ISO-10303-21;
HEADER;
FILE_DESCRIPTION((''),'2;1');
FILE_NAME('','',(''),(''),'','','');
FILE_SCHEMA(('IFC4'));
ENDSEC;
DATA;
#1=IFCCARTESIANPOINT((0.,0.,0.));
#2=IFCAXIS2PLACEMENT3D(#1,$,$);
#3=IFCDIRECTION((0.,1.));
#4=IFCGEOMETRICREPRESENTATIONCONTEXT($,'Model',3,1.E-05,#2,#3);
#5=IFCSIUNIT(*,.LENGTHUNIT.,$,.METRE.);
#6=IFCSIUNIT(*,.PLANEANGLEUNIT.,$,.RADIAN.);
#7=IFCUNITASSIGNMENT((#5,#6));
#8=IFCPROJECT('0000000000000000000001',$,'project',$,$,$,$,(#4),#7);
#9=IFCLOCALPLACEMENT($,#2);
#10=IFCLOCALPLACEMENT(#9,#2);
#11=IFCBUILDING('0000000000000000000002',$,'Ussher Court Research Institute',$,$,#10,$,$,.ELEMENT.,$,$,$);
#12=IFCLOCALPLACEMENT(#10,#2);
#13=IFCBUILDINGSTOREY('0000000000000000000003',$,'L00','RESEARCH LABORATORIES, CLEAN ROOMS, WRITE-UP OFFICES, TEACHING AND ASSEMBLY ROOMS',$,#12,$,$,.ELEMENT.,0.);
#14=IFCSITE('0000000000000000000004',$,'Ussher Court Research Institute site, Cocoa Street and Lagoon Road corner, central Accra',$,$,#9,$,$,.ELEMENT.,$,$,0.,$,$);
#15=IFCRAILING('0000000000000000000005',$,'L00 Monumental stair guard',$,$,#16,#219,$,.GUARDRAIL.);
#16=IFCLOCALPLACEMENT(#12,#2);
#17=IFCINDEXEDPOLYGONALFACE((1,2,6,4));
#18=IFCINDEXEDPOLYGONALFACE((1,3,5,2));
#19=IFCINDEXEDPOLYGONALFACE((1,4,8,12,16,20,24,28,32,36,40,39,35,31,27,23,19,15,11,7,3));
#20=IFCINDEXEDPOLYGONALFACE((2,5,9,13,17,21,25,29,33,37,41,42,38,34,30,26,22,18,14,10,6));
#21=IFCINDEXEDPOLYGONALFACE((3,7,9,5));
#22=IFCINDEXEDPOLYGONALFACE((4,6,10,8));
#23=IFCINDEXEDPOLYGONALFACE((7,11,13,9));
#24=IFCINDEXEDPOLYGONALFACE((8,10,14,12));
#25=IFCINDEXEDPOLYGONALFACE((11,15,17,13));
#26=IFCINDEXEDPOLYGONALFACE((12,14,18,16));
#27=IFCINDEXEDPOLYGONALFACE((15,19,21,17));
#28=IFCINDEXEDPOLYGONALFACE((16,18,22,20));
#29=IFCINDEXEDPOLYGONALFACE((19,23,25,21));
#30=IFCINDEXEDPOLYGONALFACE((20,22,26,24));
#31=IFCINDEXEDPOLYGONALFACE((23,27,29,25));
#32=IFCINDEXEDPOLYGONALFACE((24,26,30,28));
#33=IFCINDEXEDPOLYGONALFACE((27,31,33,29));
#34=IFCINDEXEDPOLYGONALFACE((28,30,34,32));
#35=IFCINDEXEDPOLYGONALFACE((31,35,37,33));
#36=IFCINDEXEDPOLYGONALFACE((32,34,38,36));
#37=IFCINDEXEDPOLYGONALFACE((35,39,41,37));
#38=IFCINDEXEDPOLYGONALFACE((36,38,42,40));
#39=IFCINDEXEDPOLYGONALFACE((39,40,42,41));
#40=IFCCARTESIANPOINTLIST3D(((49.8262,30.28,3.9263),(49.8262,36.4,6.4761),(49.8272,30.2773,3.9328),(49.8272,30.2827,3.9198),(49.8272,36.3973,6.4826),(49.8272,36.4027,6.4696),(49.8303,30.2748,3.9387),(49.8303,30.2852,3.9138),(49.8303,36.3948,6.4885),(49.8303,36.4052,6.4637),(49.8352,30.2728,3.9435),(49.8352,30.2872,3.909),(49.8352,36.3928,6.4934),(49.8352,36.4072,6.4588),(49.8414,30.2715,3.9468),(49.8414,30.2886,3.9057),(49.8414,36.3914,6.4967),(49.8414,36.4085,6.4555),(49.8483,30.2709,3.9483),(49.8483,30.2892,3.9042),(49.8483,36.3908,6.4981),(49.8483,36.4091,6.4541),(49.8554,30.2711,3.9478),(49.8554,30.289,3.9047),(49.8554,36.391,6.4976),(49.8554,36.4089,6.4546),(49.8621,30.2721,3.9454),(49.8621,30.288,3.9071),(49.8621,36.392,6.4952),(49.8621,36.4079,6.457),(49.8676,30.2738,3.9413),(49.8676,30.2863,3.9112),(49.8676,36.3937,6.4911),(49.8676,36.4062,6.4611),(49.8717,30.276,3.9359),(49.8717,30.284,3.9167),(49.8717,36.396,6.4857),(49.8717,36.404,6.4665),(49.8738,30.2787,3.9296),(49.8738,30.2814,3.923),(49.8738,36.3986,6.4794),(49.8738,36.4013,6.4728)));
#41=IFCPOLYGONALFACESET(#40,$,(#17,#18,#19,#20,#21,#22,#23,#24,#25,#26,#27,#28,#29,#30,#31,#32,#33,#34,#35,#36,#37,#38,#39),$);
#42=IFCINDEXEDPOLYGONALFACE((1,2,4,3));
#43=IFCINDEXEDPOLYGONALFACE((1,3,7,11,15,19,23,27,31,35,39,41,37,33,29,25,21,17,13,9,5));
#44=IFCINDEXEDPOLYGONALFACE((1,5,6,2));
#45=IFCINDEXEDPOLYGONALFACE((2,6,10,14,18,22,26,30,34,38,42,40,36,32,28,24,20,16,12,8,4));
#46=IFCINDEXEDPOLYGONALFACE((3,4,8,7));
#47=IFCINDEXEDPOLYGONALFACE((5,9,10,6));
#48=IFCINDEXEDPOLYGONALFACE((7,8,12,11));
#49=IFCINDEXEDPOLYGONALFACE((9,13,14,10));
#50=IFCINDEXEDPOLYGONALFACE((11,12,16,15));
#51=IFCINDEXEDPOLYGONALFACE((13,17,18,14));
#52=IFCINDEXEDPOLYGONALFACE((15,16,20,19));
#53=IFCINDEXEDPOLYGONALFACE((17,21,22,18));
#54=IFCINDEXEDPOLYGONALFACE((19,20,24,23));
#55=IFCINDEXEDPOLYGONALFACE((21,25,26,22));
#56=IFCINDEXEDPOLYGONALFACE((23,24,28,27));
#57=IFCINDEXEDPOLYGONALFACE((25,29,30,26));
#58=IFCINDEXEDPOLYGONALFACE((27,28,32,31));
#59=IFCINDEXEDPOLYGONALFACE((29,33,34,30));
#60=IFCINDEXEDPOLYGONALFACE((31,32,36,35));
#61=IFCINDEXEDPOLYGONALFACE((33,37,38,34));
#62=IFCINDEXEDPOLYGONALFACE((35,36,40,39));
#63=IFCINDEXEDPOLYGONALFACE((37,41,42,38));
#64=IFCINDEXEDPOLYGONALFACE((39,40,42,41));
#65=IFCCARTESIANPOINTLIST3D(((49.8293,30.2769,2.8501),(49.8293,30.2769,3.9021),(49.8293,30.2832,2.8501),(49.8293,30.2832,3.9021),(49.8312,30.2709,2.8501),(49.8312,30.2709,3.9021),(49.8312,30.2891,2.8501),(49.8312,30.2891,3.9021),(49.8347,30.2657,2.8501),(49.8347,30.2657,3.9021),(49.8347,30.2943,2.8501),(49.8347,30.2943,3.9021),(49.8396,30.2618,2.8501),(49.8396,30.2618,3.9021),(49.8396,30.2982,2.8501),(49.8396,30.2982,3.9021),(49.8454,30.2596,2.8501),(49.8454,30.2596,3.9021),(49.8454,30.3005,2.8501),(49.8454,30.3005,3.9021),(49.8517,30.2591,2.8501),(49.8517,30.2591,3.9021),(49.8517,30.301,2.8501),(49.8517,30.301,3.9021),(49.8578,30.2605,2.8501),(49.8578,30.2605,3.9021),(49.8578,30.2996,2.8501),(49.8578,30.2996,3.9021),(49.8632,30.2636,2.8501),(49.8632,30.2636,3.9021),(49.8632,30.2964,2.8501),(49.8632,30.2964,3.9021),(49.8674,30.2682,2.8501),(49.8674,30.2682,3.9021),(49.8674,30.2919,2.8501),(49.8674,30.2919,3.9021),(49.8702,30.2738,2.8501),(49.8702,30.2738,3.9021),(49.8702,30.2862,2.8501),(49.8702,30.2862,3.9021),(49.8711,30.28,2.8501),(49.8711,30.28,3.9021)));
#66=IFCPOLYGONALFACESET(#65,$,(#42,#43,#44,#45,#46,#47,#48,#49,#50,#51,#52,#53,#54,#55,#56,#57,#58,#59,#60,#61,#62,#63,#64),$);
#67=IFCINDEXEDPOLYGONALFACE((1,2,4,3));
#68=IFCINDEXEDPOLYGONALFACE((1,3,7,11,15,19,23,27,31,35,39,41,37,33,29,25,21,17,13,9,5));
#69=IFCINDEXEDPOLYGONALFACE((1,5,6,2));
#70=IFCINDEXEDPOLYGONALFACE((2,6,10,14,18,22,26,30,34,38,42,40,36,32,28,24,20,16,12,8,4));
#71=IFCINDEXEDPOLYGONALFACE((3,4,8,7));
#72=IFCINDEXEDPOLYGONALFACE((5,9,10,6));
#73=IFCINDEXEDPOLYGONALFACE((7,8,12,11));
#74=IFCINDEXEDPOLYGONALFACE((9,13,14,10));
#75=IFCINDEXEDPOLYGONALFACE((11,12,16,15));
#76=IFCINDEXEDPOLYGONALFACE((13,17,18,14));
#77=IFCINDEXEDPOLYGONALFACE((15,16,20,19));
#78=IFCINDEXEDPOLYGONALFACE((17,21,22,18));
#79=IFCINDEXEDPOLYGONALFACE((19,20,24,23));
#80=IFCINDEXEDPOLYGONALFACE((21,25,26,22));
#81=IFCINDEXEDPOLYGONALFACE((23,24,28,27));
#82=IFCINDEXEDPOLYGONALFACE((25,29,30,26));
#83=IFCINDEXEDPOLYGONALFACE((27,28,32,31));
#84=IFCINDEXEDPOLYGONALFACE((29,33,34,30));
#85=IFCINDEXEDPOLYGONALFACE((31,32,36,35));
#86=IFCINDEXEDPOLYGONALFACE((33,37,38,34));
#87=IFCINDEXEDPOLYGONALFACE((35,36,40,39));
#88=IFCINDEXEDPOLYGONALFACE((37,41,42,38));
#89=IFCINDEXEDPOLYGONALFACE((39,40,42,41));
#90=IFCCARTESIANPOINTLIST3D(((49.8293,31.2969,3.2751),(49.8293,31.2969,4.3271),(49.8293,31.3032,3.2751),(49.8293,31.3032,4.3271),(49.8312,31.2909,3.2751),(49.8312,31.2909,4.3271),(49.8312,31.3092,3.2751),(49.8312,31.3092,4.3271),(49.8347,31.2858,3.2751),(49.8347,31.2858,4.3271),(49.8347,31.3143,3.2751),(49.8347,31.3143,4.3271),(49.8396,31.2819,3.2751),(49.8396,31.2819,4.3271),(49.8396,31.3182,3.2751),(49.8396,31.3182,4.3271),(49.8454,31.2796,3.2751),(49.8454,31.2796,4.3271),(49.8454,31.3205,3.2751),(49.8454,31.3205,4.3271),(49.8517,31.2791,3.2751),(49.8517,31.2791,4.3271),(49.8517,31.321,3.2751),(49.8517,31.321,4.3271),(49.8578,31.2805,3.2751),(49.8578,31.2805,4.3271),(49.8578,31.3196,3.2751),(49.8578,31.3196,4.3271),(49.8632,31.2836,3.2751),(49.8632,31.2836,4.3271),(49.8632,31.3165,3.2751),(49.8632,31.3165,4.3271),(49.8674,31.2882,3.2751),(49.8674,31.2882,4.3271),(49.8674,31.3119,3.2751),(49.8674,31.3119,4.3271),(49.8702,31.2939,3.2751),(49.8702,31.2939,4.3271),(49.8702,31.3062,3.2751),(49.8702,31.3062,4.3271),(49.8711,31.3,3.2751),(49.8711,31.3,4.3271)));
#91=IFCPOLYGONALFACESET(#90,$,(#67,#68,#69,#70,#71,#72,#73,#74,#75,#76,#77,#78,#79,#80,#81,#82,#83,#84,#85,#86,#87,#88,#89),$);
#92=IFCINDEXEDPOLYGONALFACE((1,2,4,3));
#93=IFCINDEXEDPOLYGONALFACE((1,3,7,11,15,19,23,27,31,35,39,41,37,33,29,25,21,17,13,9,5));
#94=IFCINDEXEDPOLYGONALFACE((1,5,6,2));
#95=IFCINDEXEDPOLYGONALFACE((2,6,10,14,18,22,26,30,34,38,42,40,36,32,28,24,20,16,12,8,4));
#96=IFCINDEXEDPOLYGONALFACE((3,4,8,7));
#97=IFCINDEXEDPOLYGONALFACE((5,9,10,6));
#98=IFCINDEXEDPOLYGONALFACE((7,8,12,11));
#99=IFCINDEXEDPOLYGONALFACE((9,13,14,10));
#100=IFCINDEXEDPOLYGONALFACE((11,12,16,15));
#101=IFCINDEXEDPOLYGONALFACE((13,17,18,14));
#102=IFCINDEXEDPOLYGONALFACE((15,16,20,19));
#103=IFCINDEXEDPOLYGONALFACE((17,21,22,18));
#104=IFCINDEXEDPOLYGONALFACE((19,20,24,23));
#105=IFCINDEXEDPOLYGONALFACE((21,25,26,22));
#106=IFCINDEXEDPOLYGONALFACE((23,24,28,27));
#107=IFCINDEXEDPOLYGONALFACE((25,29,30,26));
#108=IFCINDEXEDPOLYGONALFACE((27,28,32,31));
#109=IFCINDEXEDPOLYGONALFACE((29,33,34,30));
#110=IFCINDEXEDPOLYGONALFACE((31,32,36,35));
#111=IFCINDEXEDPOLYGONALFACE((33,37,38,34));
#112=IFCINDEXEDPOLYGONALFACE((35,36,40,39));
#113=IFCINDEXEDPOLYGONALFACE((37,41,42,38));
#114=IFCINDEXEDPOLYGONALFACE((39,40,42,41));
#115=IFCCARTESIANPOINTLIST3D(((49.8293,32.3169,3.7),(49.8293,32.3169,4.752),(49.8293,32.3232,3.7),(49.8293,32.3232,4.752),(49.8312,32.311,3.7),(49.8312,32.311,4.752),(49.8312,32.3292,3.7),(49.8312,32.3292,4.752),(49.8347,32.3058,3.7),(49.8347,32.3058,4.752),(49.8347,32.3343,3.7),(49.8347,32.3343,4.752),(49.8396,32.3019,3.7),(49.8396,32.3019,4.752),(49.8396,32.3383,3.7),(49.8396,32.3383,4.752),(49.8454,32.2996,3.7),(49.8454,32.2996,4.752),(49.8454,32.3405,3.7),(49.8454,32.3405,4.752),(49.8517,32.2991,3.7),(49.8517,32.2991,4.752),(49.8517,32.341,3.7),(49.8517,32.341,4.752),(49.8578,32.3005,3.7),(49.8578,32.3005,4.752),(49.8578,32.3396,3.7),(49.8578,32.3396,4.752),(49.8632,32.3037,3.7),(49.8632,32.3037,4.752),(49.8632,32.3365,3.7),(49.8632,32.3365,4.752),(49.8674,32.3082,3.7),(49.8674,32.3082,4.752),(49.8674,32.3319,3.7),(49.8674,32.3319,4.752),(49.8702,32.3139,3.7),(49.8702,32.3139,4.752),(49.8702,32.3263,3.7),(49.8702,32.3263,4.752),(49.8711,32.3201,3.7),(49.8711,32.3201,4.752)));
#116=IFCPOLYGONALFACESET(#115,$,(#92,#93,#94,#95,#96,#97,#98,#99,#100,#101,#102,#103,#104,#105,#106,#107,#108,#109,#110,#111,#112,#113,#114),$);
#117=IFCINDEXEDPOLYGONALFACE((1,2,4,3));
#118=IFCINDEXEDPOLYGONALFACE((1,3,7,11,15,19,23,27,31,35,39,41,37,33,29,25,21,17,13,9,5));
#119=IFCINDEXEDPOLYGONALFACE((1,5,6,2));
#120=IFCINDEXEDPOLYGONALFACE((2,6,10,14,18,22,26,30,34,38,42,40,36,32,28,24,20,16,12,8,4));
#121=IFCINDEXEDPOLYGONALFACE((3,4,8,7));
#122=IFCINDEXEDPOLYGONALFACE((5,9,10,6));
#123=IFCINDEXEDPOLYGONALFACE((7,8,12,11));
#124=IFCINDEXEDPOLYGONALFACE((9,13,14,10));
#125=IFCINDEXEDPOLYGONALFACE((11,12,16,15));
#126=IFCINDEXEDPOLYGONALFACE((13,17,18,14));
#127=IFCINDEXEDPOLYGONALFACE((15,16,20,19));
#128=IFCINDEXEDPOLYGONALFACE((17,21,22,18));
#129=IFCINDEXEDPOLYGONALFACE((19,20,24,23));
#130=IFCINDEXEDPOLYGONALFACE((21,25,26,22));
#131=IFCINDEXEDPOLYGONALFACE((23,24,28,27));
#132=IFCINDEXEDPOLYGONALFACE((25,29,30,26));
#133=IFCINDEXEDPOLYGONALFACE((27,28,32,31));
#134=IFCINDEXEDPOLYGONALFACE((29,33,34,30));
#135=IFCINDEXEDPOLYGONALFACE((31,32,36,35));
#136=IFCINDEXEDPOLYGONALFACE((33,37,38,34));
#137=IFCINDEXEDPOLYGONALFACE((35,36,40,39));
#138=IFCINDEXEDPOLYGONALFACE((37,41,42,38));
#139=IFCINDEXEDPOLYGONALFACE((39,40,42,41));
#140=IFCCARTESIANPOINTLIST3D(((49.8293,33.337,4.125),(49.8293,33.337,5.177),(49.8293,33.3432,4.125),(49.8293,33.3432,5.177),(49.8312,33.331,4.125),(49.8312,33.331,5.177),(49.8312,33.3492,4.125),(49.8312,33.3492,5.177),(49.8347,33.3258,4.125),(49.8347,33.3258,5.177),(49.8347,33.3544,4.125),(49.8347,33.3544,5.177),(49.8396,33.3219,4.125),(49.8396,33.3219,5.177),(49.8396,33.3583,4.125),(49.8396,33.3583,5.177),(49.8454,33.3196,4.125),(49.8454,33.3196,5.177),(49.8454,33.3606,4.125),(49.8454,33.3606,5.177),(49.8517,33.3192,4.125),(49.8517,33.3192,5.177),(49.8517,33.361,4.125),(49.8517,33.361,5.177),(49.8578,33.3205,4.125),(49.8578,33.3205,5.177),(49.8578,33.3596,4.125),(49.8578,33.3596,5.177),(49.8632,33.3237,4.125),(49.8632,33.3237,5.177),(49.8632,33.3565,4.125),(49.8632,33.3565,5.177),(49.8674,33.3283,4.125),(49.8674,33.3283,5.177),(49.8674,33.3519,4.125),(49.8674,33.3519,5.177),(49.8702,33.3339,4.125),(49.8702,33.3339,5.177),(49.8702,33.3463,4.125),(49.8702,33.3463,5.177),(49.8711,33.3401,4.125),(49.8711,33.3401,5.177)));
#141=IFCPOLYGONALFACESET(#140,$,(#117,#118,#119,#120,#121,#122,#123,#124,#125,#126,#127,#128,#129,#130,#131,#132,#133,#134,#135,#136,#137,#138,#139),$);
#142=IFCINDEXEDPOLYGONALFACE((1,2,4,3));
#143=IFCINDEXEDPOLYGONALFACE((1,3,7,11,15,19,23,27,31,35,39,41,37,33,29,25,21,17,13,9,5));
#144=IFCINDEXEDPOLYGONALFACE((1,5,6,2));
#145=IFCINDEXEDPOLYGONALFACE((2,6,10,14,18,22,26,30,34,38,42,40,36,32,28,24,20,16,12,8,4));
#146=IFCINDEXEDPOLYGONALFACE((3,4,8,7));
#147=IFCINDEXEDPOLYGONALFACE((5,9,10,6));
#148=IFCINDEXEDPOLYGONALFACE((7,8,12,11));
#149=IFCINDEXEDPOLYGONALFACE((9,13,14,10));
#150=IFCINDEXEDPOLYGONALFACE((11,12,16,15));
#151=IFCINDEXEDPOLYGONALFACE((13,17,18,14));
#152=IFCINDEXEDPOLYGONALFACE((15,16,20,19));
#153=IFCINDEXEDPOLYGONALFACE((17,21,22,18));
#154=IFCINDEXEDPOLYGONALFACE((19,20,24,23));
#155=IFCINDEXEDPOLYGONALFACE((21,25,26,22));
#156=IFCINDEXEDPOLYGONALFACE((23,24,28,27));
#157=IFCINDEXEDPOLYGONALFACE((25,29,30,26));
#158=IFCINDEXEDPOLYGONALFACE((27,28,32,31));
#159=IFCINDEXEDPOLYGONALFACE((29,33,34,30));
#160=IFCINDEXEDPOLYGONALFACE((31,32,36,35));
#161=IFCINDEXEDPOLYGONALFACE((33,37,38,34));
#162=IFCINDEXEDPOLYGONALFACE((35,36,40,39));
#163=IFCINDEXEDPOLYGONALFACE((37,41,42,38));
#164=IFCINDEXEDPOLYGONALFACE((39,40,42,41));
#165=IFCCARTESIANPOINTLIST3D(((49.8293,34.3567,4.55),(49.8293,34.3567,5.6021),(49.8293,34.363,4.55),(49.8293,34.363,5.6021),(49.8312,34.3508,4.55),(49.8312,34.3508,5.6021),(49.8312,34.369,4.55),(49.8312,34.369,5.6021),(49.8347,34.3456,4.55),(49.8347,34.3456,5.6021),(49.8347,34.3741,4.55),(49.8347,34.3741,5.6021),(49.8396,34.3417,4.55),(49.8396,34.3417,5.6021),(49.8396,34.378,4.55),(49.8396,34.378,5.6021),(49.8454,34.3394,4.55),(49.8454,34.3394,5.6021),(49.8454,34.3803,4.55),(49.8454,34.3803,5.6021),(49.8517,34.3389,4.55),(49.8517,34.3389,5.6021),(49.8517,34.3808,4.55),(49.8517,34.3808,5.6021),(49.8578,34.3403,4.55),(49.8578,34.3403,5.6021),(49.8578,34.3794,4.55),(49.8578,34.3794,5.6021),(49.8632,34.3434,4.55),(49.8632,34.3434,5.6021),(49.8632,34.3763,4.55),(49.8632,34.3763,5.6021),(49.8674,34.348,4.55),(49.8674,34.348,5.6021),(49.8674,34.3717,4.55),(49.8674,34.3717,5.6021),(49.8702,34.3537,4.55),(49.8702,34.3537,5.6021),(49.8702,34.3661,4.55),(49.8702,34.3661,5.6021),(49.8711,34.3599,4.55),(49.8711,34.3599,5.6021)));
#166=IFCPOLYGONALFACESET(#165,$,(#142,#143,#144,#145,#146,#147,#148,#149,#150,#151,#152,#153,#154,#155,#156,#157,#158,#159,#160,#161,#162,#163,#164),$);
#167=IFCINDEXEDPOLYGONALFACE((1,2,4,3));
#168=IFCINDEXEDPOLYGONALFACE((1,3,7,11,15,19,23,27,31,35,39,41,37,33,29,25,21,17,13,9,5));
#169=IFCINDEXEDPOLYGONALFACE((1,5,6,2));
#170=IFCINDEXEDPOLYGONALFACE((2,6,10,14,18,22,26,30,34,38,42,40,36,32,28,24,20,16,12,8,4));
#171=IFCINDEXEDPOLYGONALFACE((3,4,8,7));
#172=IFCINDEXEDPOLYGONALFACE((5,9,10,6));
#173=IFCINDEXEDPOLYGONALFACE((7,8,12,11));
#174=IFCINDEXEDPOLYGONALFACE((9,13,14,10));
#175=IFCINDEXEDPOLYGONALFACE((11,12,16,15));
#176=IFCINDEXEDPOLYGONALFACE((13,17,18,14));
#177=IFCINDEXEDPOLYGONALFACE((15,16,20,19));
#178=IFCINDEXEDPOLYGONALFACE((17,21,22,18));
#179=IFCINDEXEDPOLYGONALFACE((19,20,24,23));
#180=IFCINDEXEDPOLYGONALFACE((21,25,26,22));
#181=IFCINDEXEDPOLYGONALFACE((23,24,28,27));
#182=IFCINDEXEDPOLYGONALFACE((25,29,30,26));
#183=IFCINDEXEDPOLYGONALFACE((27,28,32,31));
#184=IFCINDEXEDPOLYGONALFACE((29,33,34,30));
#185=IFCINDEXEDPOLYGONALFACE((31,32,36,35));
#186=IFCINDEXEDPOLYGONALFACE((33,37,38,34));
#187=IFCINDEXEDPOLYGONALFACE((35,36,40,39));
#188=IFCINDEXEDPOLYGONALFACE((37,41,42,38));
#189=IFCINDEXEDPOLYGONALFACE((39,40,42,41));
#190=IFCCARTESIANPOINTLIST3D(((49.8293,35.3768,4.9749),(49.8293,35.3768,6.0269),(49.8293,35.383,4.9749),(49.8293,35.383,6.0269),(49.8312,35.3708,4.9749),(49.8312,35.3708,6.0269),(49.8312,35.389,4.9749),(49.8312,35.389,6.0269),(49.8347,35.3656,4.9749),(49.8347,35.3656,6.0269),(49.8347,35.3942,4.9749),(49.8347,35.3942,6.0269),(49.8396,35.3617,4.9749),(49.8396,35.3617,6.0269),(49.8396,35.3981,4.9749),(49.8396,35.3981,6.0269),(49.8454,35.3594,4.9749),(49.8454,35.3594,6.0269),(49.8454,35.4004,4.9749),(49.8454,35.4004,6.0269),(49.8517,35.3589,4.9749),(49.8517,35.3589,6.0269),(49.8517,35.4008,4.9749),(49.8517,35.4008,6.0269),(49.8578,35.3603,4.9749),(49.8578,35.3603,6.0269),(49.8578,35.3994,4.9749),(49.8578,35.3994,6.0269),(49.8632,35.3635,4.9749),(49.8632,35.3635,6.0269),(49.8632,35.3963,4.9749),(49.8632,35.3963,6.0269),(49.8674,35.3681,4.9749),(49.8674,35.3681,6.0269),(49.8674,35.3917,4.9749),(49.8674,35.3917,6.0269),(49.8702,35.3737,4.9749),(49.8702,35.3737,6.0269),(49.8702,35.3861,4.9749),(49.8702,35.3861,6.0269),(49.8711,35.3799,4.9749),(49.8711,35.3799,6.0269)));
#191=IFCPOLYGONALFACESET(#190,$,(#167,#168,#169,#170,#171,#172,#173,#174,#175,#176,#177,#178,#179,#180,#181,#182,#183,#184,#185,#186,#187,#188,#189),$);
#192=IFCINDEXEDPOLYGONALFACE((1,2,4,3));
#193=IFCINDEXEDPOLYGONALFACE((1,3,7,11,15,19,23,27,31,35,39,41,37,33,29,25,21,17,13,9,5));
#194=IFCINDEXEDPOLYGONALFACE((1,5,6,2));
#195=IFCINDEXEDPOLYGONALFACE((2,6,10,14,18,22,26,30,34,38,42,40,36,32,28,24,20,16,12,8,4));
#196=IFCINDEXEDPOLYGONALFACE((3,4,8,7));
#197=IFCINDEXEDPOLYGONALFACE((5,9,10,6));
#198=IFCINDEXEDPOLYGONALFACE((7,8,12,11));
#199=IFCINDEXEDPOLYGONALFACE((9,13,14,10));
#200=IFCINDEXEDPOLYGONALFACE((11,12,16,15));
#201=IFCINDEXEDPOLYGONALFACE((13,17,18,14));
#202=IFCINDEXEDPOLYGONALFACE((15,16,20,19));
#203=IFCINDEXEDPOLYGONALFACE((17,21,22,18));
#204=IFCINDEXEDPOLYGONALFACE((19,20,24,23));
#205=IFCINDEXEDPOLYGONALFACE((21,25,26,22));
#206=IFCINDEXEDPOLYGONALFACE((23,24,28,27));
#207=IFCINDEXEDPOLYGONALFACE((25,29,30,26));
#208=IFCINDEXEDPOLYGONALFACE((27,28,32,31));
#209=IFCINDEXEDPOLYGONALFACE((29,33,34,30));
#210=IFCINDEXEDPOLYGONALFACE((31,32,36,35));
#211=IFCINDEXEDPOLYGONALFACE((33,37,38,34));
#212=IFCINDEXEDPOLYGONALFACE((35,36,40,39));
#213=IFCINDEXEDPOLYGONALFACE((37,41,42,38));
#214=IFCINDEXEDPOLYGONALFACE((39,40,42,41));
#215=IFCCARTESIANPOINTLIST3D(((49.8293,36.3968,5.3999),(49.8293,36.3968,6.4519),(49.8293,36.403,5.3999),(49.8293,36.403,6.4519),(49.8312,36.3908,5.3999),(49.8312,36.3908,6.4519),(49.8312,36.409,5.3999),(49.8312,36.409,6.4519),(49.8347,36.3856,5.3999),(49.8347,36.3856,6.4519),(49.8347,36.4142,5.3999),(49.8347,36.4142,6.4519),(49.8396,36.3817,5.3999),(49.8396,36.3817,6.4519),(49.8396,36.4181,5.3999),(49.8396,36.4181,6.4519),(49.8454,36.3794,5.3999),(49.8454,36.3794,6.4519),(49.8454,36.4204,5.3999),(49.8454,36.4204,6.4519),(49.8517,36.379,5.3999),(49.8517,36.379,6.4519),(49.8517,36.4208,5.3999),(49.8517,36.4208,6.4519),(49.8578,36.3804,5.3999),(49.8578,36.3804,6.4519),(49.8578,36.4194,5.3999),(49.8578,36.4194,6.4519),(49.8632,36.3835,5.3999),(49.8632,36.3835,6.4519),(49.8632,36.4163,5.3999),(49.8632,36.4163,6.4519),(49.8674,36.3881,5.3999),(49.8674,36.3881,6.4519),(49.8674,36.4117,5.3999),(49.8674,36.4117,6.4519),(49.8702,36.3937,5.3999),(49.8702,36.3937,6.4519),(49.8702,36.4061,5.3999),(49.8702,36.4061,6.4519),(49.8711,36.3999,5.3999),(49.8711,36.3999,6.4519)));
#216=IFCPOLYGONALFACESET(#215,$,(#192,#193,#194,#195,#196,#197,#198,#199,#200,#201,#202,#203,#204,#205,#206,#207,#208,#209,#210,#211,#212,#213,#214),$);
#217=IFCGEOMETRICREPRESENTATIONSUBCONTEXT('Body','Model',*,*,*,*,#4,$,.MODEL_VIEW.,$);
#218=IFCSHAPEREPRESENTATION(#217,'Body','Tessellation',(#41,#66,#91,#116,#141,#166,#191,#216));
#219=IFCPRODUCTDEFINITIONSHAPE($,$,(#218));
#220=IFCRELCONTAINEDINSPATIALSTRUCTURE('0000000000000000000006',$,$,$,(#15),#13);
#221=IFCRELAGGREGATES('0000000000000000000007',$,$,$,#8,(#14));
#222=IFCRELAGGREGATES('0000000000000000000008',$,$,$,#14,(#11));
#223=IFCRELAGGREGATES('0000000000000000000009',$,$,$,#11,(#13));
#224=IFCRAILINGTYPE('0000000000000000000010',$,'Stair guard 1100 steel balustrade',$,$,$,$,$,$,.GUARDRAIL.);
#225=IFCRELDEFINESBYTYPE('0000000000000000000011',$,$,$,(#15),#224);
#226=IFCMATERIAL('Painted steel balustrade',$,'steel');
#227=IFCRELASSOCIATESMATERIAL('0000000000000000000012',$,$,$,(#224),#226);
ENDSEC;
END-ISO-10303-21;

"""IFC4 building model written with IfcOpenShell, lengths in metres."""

from ifc_helpers import new_model, si_unit, direction, frame, origin, origin_2d, place, context, subcontext, project, spatial, circle, extrude, material, type_object, element, save


model = new_model("IFC4")

# Units and contexts
model_context = context("Model", 3, precision=1e-05, world=origin(), true_north=direction((0.0, 1.0)))
body_context = subcontext(model_context, "Body", "Model", "MODEL_VIEW")
ifc_project = project(units=[si_unit("LENGTHUNIT", "METRE"), si_unit("PLANEANGLEUNIT", "RADIAN")], contexts=[model_context])

# Site, building, storey
site_placement = place(None, origin())
site = spatial("IfcSite", under=ifc_project, at=site_placement, Name="Ussher Court Research Institute site, Cocoa Street and Lagoon Road corner, central Accra", CompositionType="ELEMENT", RefElevation=0.0)
building_placement = place(site_placement, origin())
building = spatial("IfcBuilding", under=site, at=building_placement, Name="Ussher Court Research Institute", CompositionType="ELEMENT")
storey_placement = place(building_placement, origin())
storey = spatial("IfcBuildingStorey", under=building, at=storey_placement, Name="L00", Description="RESEARCH LABORATORIES, CLEAN ROOMS, WRITE-UP OFFICES, TEACHING AND ASSEMBLY ROOMS", CompositionType="ELEMENT", Elevation=0.0)

# Railing
ifc_material_1 = material(Name="Painted steel balustrade", Category="steel")
railing_type_1 = type_object("IfcRailingType", Name="Stair guard 1100 steel balustrade", PredefinedType="GUARDRAIL", material=ifc_material_1)
railing_1_placement = place(storey_placement, frame((49.8501, 30.28, 2.8501)))
element("IfcRailing", 1, at=railing_1_placement, inside=storey, type_object=railing_type_1, Name="L00 Monumental stair guard", PredefinedType="GUARDRAIL", context=body_context, shape_type="SweptSolid", body=[
    extrude(circle(Radius=0.0239, at=origin_2d()), frame((0.0, 0.0, 1.0762), z_axis=(0.0, 0.923085, 0.384597), x_axis=(-1.0, 0.0, 0.0)), (0.0, 0.0, 1.0), 6.6299),
    extrude(circle(Radius=0.021, at=origin_2d()), origin(), (0.0, 0.0, 1.0), 1.052),
    extrude(circle(Radius=0.021, at=origin_2d()), frame((0.0, 1.02, 0.425)), (0.0, 0.0, 1.0), 1.052),
    extrude(circle(Radius=0.021, at=origin_2d()), frame((0.0, 2.04, 0.8499)), (0.0, 0.0, 1.0), 1.052),
    extrude(circle(Radius=0.021, at=origin_2d()), frame((0.0, 3.0601, 1.2749)), (0.0, 0.0, 1.0), 1.052),
    extrude(circle(Radius=0.021, at=origin_2d()), frame((0.0, 4.0798, 1.7)), (0.0, 0.0, 1.0), 1.052),
    extrude(circle(Radius=0.021, at=origin_2d()), frame((0.0, 5.0999, 2.1248)), (0.0, 0.0, 1.0), 1.052),
    extrude(circle(Radius=0.021, at=origin_2d()), frame((0.0, 6.1199, 2.5498)), (0.0, 0.0, 1.0), 1.052),
])

save(model, "model.ifc")
